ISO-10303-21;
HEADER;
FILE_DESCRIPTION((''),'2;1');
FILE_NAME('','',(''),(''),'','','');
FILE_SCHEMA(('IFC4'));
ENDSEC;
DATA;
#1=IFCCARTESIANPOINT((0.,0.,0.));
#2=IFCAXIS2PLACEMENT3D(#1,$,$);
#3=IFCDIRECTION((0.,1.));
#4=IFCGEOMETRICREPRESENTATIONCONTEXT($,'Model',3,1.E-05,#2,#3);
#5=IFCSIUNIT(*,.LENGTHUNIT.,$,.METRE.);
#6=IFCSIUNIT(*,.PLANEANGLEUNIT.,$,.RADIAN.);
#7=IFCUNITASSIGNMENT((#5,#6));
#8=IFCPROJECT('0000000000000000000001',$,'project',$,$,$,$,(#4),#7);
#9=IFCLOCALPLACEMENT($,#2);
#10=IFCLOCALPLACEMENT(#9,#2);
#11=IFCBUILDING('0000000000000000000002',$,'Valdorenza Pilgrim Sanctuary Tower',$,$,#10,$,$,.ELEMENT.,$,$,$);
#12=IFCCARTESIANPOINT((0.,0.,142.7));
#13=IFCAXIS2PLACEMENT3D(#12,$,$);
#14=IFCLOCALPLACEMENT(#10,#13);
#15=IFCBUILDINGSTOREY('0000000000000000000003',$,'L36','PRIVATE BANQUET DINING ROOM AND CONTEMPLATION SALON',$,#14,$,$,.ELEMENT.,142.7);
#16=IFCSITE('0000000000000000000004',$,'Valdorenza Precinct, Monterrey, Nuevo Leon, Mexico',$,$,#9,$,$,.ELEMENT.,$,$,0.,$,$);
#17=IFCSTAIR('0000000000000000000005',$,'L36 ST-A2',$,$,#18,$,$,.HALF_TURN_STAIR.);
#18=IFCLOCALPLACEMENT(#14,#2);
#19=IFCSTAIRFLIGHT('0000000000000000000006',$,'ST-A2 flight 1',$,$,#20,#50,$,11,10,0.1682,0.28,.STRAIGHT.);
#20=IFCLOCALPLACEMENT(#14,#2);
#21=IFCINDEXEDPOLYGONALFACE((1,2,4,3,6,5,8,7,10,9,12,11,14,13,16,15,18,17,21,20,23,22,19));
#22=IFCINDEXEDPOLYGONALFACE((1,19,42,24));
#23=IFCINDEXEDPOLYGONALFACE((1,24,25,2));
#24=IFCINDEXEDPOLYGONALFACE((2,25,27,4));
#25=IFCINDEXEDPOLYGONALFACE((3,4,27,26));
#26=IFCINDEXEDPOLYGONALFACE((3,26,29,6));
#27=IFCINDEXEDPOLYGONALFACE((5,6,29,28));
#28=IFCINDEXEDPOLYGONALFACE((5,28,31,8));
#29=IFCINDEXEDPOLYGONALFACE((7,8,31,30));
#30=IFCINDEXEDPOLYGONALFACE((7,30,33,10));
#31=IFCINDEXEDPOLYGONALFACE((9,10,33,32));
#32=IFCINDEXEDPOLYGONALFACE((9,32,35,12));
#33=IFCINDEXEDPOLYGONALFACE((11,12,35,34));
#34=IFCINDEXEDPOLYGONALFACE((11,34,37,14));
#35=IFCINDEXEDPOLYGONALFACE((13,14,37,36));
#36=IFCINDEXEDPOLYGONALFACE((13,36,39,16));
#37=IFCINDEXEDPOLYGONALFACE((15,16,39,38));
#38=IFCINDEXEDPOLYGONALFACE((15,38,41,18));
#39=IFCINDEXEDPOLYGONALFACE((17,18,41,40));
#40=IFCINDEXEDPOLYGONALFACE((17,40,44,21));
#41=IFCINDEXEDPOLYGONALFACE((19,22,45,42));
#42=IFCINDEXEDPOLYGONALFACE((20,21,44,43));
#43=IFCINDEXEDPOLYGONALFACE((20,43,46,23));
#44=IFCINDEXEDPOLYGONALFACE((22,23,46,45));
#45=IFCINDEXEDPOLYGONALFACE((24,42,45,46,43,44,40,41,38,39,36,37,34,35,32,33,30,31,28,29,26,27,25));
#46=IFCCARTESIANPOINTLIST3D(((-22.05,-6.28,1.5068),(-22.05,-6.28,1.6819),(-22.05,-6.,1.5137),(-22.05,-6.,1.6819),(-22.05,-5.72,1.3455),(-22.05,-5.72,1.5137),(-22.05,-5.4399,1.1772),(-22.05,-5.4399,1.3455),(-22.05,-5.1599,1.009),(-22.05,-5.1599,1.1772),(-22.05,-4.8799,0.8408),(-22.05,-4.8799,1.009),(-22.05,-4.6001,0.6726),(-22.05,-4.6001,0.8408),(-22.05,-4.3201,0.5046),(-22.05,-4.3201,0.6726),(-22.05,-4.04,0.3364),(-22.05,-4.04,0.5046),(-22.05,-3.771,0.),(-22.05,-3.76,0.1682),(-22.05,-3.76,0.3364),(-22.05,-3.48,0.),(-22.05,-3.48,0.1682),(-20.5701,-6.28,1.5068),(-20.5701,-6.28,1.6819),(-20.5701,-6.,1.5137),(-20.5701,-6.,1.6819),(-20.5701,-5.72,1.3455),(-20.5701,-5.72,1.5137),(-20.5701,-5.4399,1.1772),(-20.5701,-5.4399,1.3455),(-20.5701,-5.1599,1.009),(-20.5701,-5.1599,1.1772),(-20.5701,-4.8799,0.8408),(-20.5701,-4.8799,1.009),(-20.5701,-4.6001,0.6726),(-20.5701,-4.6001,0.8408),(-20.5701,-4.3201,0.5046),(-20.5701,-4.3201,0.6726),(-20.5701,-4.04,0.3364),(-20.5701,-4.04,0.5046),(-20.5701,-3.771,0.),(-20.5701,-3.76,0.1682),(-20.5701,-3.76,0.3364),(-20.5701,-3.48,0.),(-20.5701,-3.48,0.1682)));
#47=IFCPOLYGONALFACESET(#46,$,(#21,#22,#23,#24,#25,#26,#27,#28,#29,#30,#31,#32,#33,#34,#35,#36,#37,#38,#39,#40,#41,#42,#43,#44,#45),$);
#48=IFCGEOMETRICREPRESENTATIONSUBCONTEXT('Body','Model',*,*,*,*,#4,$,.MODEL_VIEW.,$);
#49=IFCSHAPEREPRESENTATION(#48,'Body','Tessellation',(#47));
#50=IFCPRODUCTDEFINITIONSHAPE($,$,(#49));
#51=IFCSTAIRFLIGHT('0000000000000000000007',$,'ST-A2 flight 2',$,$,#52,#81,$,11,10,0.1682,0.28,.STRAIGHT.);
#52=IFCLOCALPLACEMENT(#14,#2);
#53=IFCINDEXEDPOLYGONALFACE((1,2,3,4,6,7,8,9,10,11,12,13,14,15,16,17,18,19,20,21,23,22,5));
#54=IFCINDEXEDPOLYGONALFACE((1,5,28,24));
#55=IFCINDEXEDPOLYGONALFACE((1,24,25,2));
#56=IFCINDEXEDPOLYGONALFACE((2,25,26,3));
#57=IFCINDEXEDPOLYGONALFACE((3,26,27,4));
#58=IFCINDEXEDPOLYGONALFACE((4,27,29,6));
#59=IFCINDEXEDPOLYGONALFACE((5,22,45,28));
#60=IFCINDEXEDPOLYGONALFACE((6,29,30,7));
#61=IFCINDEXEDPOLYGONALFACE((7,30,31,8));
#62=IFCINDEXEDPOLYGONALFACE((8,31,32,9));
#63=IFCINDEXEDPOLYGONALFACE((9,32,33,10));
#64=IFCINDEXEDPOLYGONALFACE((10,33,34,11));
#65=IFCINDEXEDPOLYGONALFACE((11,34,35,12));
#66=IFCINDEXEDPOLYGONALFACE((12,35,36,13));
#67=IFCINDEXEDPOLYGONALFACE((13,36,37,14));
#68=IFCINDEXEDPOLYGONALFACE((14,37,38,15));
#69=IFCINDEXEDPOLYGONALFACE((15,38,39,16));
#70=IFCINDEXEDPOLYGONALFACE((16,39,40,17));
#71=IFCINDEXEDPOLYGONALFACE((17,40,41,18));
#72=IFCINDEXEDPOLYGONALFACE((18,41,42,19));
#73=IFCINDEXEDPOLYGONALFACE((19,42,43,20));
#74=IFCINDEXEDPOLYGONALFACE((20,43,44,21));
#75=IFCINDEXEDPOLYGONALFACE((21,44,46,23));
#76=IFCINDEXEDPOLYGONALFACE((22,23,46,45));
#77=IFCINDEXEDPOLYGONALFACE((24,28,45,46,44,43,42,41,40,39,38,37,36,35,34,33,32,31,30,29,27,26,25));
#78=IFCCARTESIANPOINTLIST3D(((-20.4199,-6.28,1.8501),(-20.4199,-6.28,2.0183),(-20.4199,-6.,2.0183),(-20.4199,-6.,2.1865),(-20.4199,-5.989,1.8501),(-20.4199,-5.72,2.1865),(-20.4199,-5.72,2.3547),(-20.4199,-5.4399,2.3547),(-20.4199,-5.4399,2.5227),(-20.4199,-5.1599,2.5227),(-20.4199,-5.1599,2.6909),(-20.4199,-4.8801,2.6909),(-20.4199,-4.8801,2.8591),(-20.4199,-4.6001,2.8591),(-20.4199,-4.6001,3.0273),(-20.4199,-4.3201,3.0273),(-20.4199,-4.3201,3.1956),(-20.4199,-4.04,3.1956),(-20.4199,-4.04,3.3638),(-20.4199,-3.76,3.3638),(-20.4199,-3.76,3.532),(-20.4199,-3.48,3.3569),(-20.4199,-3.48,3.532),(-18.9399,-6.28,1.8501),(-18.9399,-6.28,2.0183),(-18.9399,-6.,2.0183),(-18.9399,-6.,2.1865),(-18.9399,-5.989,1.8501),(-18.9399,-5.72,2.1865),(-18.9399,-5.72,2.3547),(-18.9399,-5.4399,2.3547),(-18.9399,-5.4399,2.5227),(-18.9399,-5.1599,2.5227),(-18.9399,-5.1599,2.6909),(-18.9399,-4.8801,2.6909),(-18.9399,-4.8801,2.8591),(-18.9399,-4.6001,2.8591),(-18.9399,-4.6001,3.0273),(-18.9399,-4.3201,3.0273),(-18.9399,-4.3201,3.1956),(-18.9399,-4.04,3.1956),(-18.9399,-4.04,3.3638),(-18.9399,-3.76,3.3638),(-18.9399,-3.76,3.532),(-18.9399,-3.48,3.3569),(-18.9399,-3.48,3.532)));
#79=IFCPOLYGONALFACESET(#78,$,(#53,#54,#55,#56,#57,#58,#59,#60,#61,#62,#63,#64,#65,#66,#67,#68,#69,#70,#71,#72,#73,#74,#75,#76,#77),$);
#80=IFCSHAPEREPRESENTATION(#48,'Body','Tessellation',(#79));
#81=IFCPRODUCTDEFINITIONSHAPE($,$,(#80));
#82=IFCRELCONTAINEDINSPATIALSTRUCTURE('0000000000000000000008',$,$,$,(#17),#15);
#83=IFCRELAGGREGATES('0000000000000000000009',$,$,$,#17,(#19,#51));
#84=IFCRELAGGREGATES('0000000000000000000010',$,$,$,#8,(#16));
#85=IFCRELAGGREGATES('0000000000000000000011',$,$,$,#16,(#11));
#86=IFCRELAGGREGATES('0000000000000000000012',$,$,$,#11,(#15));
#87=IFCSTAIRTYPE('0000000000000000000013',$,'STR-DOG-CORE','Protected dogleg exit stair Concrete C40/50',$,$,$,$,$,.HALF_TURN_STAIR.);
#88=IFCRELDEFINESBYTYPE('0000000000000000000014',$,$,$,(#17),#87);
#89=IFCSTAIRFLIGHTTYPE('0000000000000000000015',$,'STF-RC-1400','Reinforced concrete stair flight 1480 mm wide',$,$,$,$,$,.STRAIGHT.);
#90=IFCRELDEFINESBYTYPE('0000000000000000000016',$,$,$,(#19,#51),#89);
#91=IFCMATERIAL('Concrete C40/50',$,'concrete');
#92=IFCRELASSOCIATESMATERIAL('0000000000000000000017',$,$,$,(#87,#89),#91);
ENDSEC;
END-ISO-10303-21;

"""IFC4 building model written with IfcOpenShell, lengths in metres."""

from ifc_helpers import new_model, si_unit, direction, frame, origin, place, context, subcontext, project, spatial, polyline, outline, extrude, material, type_object, element, aggregate, save


model = new_model("IFC4")

# Units and contexts
model_context = context("Model", 3, precision=1e-05, world=origin(), true_north=direction((0.0, 1.0)))
body_context = subcontext(model_context, "Body", "Model", "MODEL_VIEW")
ifc_project = project(units=[si_unit("LENGTHUNIT", "METRE"), si_unit("PLANEANGLEUNIT", "RADIAN")], contexts=[model_context])

# Site, building, storey
site_placement = place(None, origin())
site = spatial("IfcSite", under=ifc_project, at=site_placement, Name="Valdorenza Precinct, Monterrey, Nuevo Leon, Mexico", CompositionType="ELEMENT", RefElevation=0.0)
building_placement = place(site_placement, origin())
building = spatial("IfcBuilding", under=site, at=building_placement, Name="Valdorenza Pilgrim Sanctuary Tower", CompositionType="ELEMENT")
storey_placement = place(building_placement, frame((0.0, 0.0, 142.7)))
storey = spatial("IfcBuildingStorey", under=building, at=storey_placement, Name="L36", Description="PRIVATE BANQUET DINING ROOM AND CONTEMPLATION SALON", CompositionType="ELEMENT", Elevation=142.7)

# Shared definitions
ifc_material_1 = material(Name="Concrete C40/50", Category="concrete")

# Stair, stair flights
stair_type = type_object("IfcStairType", Name="STR-DOG-CORE", Description="Protected dogleg exit stair Concrete C40/50", PredefinedType="HALF_TURN_STAIR", material=ifc_material_1)
stair_placement = place(storey_placement, origin())
stair = element("IfcStair", 1, at=stair_placement, inside=storey, type_object=stair_type, Name="L36 ST-A2", PredefinedType="HALF_TURN_STAIR")
stair_flight_type = type_object("IfcStairFlightType", Name="STF-RC-1400", Description="Reinforced concrete stair flight 1480 mm wide", PredefinedType="STRAIGHT", material=ifc_material_1)
stair_flight_1_placement = place(storey_placement, frame((-21.3101, -3.48, 0.0), z_axis=(0.0, 0.0, 1.0), x_axis=(0.0, -1.0, 0.0)))
stair_flight_1 = element("IfcStairFlight", 2, at=stair_flight_1_placement, type_object=stair_flight_type, Name="ST-A2 flight 1", NumberOfRisers=11, NumberOfTreads=10, PredefinedType="STRAIGHT", RiserHeight=0.1682, TreadLength=0.28, context=body_context, shape_type="SweptSolid", body=[
    extrude(outline(polyline([(0.0, 0.0), (0.0, 0.1682), (0.28, 0.1682), (0.28, 0.3364), (0.5601, 0.3364), (0.5601, 0.5046), (0.8401, 0.5046), (0.8401, 0.6726), (1.1201, 0.6726), (1.1201, 0.8408), (1.3999, 0.8408), (1.3999, 1.009), (1.6799, 1.009), (1.6799, 1.1772), (1.96, 1.1772), (1.96, 1.3455), (2.24, 1.3455), (2.24, 1.5137), (2.52, 1.5137), (2.52, 1.6819), (2.8, 1.6819), (2.8, 1.8501), (2.8, 1.5068), (0.291, 0.0), (0.0, 0.0)])), frame((0.0, 0.74, 0.0), z_axis=(0.0, -1.0, 0.0), x_axis=(1.0, 0.0, 0.0)), (0.0, 0.0, 1.0), 1.48),
])
stair_flight_2_placement = place(storey_placement, frame((-19.6799, -6.28, 1.8501), z_axis=(0.0, 0.0, 1.0), x_axis=(0.0, 1.0, 0.0)))
stair_flight_2 = element("IfcStairFlight", 3, at=stair_flight_2_placement, type_object=stair_flight_type, Name="ST-A2 flight 2", NumberOfRisers=11, NumberOfTreads=10, PredefinedType="STRAIGHT", RiserHeight=0.1682, TreadLength=0.28, context=body_context, shape_type="SweptSolid", body=[
    extrude(outline(polyline([(0.0, 0.0), (0.0, 0.1682), (0.28, 0.1682), (0.28, 0.3364), (0.5601, 0.3364), (0.5601, 0.5046), (0.8401, 0.5046), (0.8401, 0.6726), (1.1201, 0.6726), (1.1201, 0.8408), (1.3999, 0.8408), (1.3999, 1.009), (1.6799, 1.009), (1.6799, 1.1772), (1.96, 1.1772), (1.96, 1.3455), (2.24, 1.3455), (2.24, 1.5137), (2.52, 1.5137), (2.52, 1.6819), (2.8, 1.6819), (2.8, 1.8501), (2.8, 1.5068), (0.291, 0.0), (0.0, 0.0)])), frame((0.0, 0.74, 0.0), z_axis=(0.0, -1.0, 0.0), x_axis=(1.0, 0.0, 0.0)), (0.0, 0.0, 1.0), 1.48),
])
aggregate(stair, [stair_flight_1, stair_flight_2])

save(model, "model.ifc")
